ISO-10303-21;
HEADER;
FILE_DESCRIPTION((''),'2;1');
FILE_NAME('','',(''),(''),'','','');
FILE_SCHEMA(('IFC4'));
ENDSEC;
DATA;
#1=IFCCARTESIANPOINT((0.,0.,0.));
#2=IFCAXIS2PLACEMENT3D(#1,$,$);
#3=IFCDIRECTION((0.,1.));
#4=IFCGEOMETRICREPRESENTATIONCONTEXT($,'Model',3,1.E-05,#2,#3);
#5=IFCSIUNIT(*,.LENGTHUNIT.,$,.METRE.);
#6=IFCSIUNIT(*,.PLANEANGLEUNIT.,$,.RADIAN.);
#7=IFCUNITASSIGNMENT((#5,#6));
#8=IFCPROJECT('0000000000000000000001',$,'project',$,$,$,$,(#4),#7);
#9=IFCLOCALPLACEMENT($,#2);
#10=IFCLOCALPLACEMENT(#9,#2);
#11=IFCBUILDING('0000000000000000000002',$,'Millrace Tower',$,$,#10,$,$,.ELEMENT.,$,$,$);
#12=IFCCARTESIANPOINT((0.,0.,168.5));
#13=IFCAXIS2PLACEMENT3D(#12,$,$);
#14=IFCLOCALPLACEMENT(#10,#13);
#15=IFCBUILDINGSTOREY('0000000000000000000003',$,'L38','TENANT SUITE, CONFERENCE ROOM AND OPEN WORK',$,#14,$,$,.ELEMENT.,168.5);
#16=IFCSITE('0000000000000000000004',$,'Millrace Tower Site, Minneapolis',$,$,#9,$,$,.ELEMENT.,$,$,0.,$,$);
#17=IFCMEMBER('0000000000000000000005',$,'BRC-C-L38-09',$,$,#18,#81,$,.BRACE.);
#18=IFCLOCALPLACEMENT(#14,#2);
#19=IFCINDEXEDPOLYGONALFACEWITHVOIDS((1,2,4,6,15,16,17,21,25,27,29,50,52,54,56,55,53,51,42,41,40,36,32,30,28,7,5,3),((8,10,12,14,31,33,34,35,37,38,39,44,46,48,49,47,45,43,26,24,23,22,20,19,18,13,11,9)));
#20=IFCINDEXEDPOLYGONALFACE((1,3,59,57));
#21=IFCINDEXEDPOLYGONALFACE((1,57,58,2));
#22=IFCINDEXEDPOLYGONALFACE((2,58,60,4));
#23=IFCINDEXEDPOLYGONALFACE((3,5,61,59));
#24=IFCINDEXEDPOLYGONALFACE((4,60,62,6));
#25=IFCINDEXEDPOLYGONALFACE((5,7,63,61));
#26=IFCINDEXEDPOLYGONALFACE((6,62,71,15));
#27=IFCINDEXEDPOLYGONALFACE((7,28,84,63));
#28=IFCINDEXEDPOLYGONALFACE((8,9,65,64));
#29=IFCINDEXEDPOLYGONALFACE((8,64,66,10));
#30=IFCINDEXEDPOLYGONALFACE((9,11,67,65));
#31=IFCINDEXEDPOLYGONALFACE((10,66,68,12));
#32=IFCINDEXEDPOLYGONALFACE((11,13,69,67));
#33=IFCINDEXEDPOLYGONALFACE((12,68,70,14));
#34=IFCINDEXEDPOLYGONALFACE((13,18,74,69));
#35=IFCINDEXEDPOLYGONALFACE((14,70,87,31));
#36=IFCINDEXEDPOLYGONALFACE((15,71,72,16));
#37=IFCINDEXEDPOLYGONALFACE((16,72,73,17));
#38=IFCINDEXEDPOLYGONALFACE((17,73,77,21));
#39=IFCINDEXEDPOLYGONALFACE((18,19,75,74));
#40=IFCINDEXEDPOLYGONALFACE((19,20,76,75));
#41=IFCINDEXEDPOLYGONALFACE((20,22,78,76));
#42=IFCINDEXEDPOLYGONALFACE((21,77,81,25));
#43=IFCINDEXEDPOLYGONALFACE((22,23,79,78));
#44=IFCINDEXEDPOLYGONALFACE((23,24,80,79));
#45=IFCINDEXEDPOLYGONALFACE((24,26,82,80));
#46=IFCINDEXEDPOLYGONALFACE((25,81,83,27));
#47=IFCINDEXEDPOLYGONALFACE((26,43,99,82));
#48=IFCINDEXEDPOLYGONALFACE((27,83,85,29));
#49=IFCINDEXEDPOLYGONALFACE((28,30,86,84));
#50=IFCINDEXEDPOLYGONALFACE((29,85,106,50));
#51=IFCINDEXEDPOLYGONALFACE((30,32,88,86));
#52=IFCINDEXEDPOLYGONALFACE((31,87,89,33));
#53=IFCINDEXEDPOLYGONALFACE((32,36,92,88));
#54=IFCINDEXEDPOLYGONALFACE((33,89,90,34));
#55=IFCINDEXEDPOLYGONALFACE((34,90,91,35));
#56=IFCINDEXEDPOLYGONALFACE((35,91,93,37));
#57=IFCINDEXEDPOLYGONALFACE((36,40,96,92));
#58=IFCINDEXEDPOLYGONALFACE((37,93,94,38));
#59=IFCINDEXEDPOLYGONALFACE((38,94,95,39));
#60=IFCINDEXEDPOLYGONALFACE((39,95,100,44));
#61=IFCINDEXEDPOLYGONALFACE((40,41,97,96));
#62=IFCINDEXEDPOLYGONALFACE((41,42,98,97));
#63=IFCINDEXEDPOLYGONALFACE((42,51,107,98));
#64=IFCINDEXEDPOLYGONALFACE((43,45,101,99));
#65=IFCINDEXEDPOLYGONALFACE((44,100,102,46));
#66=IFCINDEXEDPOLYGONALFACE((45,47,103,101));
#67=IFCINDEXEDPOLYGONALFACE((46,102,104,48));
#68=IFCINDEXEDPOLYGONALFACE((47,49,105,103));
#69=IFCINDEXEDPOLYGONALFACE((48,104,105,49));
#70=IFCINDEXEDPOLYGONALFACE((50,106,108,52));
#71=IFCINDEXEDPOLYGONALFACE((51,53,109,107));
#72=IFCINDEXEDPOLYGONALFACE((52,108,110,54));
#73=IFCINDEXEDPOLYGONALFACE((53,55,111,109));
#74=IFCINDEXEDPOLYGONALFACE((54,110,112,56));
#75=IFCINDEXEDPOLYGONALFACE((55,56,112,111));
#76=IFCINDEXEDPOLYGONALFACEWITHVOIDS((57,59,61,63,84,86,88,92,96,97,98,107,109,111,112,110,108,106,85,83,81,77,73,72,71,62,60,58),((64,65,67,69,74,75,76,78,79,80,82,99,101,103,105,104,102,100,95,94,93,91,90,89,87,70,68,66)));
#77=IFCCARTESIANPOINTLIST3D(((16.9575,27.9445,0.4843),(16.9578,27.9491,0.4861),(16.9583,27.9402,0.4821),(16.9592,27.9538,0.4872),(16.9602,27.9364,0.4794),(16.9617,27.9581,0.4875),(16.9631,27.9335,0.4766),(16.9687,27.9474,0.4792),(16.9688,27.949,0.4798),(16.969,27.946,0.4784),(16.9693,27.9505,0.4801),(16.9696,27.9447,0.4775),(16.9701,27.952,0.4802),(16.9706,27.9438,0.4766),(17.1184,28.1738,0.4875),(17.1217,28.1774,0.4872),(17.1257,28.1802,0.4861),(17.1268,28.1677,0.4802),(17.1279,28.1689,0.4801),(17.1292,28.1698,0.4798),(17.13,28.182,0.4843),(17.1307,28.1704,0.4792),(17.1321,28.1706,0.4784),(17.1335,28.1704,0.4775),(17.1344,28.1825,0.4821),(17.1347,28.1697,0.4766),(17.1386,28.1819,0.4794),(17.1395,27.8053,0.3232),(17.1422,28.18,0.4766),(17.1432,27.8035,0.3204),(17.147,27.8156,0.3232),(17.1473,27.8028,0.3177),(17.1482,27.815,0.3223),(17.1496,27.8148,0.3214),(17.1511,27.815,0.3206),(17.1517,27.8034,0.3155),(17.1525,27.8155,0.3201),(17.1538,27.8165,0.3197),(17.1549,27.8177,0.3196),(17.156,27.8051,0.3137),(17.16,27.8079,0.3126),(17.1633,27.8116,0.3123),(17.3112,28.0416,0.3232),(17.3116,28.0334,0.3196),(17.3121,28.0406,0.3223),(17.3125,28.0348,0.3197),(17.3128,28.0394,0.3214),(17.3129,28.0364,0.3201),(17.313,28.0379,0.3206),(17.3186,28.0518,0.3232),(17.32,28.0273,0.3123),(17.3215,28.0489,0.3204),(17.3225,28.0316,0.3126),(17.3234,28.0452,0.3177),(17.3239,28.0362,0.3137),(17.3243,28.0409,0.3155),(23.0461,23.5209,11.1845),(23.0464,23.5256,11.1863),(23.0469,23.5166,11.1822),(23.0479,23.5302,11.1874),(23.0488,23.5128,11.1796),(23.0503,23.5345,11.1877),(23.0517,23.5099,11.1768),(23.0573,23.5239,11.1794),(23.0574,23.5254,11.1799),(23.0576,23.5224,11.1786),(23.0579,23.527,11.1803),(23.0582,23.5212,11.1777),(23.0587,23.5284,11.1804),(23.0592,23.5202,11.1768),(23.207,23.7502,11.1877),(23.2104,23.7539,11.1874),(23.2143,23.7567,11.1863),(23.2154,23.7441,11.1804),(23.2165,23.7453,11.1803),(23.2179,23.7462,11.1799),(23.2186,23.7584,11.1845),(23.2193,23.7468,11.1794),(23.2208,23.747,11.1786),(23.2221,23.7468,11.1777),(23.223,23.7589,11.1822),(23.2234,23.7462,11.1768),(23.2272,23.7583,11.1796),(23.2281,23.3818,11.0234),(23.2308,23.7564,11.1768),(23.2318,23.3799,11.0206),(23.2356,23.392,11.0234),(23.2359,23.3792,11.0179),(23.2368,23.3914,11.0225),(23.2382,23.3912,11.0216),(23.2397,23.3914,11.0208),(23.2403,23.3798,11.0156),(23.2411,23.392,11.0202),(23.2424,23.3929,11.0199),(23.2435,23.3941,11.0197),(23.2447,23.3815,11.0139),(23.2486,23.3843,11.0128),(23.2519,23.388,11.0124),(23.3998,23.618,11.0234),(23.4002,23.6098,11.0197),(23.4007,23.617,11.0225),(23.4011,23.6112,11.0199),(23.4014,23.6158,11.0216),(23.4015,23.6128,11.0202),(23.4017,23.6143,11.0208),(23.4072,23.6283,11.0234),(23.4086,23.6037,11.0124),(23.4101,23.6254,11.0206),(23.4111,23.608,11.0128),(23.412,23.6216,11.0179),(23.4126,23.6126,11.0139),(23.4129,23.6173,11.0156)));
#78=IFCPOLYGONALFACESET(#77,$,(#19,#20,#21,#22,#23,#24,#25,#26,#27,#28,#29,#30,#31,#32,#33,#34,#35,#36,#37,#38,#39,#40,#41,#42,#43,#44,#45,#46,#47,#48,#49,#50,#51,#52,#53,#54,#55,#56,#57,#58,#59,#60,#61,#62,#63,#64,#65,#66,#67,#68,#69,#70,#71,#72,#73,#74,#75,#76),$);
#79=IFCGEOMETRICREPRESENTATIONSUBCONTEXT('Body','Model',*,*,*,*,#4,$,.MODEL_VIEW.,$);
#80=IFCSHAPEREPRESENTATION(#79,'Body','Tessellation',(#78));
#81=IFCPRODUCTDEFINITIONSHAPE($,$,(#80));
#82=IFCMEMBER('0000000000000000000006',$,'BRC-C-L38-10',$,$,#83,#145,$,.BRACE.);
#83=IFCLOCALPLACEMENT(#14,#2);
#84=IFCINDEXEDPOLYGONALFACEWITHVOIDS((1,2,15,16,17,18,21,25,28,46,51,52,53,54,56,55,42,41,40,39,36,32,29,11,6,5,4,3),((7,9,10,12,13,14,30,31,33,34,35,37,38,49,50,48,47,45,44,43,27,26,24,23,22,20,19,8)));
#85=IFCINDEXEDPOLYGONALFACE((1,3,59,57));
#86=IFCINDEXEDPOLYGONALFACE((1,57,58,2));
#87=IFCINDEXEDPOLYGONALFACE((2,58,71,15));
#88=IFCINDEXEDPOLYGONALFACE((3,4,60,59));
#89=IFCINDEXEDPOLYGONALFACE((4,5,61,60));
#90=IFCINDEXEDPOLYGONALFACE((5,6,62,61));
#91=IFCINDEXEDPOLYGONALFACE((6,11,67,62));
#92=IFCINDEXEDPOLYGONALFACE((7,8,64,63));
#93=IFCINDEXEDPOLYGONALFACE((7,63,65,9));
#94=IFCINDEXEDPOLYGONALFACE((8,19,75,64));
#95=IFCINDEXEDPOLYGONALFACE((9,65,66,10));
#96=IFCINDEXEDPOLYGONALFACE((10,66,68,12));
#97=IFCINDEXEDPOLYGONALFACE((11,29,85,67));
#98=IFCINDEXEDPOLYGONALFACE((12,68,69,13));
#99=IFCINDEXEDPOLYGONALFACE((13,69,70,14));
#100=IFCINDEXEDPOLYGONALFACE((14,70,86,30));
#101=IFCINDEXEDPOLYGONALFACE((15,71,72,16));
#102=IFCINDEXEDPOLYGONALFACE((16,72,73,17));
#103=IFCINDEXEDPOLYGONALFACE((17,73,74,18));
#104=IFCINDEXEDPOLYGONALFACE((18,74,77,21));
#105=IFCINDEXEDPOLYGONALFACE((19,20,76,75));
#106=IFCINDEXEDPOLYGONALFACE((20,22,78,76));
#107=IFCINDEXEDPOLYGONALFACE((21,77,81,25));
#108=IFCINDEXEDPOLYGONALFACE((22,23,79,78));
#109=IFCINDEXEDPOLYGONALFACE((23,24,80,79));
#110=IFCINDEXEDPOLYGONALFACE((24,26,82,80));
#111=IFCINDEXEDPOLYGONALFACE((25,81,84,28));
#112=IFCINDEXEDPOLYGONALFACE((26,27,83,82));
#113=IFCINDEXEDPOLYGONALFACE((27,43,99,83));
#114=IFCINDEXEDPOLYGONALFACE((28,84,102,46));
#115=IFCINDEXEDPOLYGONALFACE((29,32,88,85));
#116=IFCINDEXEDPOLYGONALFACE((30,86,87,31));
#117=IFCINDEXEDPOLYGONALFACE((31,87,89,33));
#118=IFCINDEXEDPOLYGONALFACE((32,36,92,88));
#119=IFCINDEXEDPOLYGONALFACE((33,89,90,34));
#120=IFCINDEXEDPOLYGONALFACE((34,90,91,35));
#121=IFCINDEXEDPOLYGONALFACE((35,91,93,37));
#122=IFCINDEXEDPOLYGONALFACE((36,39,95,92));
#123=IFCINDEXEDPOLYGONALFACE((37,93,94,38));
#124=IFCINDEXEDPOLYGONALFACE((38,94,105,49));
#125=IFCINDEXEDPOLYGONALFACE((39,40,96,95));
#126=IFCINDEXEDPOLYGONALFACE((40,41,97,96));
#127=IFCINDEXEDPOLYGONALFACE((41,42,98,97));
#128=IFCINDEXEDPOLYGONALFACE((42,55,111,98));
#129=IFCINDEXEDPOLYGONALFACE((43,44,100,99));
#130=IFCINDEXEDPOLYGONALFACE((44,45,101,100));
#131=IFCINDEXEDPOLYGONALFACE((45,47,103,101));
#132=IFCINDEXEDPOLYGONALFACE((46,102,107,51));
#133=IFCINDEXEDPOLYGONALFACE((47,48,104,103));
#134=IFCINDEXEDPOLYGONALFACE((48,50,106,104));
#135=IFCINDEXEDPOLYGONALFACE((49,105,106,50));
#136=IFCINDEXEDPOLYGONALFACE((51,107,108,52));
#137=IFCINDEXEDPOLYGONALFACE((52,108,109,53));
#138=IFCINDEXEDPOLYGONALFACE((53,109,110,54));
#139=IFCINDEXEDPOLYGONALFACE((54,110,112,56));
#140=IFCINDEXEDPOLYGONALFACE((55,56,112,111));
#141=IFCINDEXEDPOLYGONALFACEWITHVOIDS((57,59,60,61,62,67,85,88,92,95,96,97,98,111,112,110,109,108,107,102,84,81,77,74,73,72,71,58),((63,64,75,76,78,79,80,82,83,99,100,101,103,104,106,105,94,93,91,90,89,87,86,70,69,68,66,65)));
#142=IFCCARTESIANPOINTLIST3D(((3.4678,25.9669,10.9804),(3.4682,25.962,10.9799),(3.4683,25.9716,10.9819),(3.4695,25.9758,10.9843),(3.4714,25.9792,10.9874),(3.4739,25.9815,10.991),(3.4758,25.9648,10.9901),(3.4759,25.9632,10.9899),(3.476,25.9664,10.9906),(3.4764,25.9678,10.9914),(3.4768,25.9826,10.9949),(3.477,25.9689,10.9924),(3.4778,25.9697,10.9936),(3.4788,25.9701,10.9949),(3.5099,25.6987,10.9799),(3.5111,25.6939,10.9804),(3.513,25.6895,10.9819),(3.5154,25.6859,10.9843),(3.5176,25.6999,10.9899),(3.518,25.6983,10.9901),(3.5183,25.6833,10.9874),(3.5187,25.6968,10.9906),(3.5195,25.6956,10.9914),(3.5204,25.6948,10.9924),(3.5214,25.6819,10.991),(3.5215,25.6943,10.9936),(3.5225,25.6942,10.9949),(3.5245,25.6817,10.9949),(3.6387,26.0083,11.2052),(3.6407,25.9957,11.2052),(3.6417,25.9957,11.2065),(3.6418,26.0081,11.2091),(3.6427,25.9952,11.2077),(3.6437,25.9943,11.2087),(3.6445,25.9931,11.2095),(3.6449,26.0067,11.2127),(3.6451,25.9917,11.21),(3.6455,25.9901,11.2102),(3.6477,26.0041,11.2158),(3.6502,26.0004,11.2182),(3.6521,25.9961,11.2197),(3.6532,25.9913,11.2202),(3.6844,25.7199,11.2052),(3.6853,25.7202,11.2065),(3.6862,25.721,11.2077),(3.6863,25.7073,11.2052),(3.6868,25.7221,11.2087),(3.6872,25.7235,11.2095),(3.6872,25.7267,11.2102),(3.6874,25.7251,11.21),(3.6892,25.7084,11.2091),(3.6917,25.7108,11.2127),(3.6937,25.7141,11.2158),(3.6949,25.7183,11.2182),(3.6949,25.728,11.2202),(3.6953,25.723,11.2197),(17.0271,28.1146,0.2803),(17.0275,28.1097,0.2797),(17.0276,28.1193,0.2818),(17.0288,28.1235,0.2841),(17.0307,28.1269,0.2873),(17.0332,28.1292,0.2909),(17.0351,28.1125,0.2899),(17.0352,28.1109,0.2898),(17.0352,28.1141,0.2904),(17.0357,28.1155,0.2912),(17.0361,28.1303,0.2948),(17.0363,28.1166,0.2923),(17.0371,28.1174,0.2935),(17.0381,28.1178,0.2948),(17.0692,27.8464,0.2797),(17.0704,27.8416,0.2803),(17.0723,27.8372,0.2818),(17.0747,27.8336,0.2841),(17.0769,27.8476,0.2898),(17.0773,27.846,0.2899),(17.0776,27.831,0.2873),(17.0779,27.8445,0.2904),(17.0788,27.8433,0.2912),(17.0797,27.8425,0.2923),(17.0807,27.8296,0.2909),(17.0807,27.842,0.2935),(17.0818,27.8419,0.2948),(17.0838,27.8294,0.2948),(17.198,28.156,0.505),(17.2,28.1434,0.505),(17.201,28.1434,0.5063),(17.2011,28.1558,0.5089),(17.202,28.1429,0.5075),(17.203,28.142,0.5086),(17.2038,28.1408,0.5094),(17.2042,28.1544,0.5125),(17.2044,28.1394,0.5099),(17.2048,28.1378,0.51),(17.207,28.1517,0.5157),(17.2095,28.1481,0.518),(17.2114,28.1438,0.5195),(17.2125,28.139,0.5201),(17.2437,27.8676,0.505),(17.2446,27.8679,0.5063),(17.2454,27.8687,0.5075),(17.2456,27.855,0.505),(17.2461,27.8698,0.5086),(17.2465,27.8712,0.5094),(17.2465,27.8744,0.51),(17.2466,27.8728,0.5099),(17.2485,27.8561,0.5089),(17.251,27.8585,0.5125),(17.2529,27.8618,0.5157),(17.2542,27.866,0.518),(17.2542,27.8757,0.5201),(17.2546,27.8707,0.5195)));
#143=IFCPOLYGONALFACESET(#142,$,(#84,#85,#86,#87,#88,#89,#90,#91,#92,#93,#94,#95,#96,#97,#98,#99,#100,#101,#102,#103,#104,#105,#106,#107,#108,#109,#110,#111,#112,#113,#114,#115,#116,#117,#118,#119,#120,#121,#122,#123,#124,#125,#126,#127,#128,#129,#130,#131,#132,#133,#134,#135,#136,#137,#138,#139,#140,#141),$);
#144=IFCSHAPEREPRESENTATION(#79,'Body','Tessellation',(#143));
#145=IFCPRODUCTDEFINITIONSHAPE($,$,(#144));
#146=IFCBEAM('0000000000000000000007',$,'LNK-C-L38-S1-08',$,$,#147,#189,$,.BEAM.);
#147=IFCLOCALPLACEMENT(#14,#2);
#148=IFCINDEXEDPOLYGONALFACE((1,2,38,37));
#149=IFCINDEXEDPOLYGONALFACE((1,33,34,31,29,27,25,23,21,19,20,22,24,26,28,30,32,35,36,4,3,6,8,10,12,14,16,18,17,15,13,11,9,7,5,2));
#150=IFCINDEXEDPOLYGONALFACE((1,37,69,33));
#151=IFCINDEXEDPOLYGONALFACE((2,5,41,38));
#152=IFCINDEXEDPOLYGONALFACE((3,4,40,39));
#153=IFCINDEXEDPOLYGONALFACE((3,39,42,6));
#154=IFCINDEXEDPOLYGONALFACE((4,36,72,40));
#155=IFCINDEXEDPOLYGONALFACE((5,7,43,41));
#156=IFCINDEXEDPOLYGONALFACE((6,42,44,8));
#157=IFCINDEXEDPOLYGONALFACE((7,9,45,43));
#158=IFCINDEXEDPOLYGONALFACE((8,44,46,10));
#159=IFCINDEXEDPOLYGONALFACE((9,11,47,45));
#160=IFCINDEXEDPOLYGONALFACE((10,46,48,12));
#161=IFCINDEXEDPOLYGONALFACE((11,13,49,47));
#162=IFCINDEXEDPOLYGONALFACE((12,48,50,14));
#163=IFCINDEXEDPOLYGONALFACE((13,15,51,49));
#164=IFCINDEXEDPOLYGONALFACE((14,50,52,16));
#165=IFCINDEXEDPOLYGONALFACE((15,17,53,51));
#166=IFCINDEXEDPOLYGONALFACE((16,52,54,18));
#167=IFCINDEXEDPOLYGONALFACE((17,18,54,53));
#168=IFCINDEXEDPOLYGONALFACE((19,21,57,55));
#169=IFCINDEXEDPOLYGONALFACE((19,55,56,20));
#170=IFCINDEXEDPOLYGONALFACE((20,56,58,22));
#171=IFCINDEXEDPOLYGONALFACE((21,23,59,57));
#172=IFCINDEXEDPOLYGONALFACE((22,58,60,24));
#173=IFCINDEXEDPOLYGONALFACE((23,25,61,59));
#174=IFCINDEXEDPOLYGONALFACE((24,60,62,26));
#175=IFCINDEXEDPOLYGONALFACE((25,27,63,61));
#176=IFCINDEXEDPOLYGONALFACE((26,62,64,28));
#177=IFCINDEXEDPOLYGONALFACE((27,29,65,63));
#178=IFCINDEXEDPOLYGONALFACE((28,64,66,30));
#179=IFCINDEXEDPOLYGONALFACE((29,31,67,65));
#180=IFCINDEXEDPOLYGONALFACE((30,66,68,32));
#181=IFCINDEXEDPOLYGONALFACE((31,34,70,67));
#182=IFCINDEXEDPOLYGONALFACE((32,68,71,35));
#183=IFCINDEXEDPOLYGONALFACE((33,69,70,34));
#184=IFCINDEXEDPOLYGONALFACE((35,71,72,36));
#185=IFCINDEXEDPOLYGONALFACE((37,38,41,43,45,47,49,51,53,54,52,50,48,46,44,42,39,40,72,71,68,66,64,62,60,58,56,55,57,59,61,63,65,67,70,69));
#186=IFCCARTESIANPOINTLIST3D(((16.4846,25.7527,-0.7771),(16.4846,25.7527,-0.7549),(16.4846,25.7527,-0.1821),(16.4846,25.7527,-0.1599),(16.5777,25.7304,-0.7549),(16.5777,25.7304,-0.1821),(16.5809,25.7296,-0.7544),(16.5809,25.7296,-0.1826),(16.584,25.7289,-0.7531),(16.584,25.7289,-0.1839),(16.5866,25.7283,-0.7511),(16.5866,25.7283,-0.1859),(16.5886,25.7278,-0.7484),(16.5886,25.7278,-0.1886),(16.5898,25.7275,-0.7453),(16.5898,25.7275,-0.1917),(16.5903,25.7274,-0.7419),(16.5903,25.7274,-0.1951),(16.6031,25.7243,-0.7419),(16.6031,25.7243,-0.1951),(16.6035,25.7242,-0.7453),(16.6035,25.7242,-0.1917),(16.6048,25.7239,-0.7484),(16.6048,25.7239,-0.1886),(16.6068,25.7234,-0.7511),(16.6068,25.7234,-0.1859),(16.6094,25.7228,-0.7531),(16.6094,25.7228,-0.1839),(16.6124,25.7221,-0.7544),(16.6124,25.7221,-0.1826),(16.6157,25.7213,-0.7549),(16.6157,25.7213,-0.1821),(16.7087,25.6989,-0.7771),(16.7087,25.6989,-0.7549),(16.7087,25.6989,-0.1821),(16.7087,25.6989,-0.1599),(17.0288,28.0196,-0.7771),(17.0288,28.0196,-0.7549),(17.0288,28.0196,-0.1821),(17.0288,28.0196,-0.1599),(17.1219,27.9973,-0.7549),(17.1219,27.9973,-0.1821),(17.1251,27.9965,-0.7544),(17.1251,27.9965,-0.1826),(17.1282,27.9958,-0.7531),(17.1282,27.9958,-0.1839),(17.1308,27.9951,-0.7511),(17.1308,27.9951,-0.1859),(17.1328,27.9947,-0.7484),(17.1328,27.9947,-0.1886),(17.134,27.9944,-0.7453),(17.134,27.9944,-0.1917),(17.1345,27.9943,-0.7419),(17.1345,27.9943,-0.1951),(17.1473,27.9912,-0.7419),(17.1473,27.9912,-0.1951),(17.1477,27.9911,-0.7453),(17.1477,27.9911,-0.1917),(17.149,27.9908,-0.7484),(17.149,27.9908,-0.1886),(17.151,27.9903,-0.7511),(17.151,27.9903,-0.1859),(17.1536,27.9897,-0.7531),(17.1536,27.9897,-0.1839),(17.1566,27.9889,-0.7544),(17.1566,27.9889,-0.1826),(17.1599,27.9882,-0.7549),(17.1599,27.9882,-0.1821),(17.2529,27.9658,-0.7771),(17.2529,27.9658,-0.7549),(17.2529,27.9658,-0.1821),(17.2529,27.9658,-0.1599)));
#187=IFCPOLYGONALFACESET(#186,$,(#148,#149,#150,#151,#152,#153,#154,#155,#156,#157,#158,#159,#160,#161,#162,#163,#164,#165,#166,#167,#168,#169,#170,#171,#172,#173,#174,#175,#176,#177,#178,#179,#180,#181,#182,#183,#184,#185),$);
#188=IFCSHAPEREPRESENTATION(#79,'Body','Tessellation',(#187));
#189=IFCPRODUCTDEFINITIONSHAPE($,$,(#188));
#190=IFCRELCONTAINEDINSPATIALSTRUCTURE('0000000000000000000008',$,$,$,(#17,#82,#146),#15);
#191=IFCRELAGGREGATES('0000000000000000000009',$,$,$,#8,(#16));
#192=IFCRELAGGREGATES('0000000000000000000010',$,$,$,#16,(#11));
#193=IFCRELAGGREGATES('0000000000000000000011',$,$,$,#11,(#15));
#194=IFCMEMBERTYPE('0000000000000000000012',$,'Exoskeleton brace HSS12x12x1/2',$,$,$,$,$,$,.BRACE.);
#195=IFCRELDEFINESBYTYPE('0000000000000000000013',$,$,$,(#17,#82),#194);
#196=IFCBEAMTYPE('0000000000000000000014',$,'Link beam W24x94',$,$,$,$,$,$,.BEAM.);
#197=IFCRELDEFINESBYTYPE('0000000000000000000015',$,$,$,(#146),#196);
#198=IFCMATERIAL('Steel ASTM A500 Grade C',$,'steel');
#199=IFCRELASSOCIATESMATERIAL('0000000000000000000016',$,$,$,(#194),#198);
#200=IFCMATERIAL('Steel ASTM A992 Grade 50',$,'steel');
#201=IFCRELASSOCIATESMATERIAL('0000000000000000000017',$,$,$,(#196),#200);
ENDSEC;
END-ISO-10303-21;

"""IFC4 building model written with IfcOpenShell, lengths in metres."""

from ifc_helpers import new_model, si_unit, direction, frame, origin, origin_2d, place, context, subcontext, project, spatial, hollow_rectangle, i_section, extrude, material, material_profile, profile_set, type_object, element, save


model = new_model("IFC4")

# Units and contexts
model_context = context("Model", 3, precision=1e-05, world=origin(), true_north=direction((0.0, 1.0)))
body_context = subcontext(model_context, "Body", "Model", "MODEL_VIEW")
ifc_project = project(units=[si_unit("LENGTHUNIT", "METRE"), si_unit("PLANEANGLEUNIT", "RADIAN")], contexts=[model_context])

# Site, building, storey
site_placement = place(None, origin())
site = spatial("IfcSite", under=ifc_project, at=site_placement, Name="Millrace Tower Site, Minneapolis", CompositionType="ELEMENT", RefElevation=0.0)
building_placement = place(site_placement, origin())
building = spatial("IfcBuilding", under=site, at=building_placement, Name="Millrace Tower", CompositionType="ELEMENT")
storey_placement = place(building_placement, frame((0.0, 0.0, 168.5)))
storey = spatial("IfcBuildingStorey", under=building, at=storey_placement, Name="L38", Description="TENANT SUITE, CONFERENCE ROOM AND OPEN WORK", CompositionType="ELEMENT", Elevation=168.5)

# Members
ifc_material_1 = material(Name="Steel ASTM A500 Grade C", Category="steel")
ifc_material_profile_1 = material_profile(ifc_material_1, hollow_rectangle(XDim=0.3047, YDim=0.3047, WallThickness=0.0127, InnerFilletRadius=0.0063, OuterFilletRadius=0.019, at=origin_2d()))
ifc_profile_set_1 = profile_set([ifc_material_profile_1], Name="Steel ASTM A500 Grade C")
member_type_1 = type_object("IfcMemberType", Name="Exoskeleton brace HSS12x12x1/2", PredefinedType="BRACE", material=ifc_profile_set_1)
member_1_placement = place(storey_placement, frame((17.1409, 27.9927, 0.3999), z_axis=(0.465427, -0.338148, 0.817945), x_axis=(0.58778, 0.809021, 0.0)))
element("IfcMember", 1, at=member_1_placement, inside=storey, type_object=member_type_1, Name="BRC-C-L38-09", PredefinedType="BRACE", context=body_context, shape_type="SweptSolid", body=[
    extrude(hollow_rectangle(XDim=0.3047, YDim=0.3047, WallThickness=0.0127, InnerFilletRadius=0.0063, OuterFilletRadius=0.019, at=origin_2d()), origin(), (0.0, 0.0, 1.0), 13.0818),
])
member_2_placement = place(storey_placement, frame((17.1409, 27.9927, 0.3999), z_axis=(-0.779012, -0.12339, 0.614749), x_axis=(0.156443, -0.987687, 0.0)))
element("IfcMember", 2, at=member_2_placement, inside=storey, type_object=member_type_1, Name="BRC-C-L38-10", PredefinedType="BRACE", context=body_context, shape_type="SweptSolid", body=[
    extrude(hollow_rectangle(XDim=0.3047, YDim=0.3047, WallThickness=0.0127, InnerFilletRadius=0.0063, OuterFilletRadius=0.019, at=origin_2d()), origin(), (0.0, 0.0, 1.0), 17.4058),
])

# Beam
ifc_material_2 = material(Name="Steel ASTM A992 Grade 50", Category="steel")
ifc_material_profile_2 = material_profile(ifc_material_2, i_section(OverallWidth=0.2305, OverallDepth=0.6172, WebThickness=0.0132, FlangeThickness=0.0222, FilletRadius=0.0129, at=origin_2d()))
ifc_profile_set_2 = profile_set([ifc_material_profile_2], Name="Steel ASTM A992 Grade 50")
beam_type_1 = type_object("IfcBeamType", Name="Link beam W24x94", PredefinedType="BEAM", material=ifc_profile_set_2)
beam_1_placement = place(storey_placement, frame((16.5967, 25.7258, -0.4685), z_axis=(0.233432, 0.972373, 0.0), x_axis=(-0.972373, 0.233432, 0.0)))
element("IfcBeam", 3, at=beam_1_placement, inside=storey, type_object=beam_type_1, Name="LNK-C-L38-S1-08", PredefinedType="BEAM", context=body_context, shape_type="SweptSolid", body=[
    extrude(i_section(OverallWidth=0.2305, OverallDepth=0.6172, WebThickness=0.0132, FlangeThickness=0.0222, FilletRadius=0.0129, at=origin_2d()), origin(), (0.0, 0.0, 1.0), 2.3313),
])

save(model, "model.ifc")
